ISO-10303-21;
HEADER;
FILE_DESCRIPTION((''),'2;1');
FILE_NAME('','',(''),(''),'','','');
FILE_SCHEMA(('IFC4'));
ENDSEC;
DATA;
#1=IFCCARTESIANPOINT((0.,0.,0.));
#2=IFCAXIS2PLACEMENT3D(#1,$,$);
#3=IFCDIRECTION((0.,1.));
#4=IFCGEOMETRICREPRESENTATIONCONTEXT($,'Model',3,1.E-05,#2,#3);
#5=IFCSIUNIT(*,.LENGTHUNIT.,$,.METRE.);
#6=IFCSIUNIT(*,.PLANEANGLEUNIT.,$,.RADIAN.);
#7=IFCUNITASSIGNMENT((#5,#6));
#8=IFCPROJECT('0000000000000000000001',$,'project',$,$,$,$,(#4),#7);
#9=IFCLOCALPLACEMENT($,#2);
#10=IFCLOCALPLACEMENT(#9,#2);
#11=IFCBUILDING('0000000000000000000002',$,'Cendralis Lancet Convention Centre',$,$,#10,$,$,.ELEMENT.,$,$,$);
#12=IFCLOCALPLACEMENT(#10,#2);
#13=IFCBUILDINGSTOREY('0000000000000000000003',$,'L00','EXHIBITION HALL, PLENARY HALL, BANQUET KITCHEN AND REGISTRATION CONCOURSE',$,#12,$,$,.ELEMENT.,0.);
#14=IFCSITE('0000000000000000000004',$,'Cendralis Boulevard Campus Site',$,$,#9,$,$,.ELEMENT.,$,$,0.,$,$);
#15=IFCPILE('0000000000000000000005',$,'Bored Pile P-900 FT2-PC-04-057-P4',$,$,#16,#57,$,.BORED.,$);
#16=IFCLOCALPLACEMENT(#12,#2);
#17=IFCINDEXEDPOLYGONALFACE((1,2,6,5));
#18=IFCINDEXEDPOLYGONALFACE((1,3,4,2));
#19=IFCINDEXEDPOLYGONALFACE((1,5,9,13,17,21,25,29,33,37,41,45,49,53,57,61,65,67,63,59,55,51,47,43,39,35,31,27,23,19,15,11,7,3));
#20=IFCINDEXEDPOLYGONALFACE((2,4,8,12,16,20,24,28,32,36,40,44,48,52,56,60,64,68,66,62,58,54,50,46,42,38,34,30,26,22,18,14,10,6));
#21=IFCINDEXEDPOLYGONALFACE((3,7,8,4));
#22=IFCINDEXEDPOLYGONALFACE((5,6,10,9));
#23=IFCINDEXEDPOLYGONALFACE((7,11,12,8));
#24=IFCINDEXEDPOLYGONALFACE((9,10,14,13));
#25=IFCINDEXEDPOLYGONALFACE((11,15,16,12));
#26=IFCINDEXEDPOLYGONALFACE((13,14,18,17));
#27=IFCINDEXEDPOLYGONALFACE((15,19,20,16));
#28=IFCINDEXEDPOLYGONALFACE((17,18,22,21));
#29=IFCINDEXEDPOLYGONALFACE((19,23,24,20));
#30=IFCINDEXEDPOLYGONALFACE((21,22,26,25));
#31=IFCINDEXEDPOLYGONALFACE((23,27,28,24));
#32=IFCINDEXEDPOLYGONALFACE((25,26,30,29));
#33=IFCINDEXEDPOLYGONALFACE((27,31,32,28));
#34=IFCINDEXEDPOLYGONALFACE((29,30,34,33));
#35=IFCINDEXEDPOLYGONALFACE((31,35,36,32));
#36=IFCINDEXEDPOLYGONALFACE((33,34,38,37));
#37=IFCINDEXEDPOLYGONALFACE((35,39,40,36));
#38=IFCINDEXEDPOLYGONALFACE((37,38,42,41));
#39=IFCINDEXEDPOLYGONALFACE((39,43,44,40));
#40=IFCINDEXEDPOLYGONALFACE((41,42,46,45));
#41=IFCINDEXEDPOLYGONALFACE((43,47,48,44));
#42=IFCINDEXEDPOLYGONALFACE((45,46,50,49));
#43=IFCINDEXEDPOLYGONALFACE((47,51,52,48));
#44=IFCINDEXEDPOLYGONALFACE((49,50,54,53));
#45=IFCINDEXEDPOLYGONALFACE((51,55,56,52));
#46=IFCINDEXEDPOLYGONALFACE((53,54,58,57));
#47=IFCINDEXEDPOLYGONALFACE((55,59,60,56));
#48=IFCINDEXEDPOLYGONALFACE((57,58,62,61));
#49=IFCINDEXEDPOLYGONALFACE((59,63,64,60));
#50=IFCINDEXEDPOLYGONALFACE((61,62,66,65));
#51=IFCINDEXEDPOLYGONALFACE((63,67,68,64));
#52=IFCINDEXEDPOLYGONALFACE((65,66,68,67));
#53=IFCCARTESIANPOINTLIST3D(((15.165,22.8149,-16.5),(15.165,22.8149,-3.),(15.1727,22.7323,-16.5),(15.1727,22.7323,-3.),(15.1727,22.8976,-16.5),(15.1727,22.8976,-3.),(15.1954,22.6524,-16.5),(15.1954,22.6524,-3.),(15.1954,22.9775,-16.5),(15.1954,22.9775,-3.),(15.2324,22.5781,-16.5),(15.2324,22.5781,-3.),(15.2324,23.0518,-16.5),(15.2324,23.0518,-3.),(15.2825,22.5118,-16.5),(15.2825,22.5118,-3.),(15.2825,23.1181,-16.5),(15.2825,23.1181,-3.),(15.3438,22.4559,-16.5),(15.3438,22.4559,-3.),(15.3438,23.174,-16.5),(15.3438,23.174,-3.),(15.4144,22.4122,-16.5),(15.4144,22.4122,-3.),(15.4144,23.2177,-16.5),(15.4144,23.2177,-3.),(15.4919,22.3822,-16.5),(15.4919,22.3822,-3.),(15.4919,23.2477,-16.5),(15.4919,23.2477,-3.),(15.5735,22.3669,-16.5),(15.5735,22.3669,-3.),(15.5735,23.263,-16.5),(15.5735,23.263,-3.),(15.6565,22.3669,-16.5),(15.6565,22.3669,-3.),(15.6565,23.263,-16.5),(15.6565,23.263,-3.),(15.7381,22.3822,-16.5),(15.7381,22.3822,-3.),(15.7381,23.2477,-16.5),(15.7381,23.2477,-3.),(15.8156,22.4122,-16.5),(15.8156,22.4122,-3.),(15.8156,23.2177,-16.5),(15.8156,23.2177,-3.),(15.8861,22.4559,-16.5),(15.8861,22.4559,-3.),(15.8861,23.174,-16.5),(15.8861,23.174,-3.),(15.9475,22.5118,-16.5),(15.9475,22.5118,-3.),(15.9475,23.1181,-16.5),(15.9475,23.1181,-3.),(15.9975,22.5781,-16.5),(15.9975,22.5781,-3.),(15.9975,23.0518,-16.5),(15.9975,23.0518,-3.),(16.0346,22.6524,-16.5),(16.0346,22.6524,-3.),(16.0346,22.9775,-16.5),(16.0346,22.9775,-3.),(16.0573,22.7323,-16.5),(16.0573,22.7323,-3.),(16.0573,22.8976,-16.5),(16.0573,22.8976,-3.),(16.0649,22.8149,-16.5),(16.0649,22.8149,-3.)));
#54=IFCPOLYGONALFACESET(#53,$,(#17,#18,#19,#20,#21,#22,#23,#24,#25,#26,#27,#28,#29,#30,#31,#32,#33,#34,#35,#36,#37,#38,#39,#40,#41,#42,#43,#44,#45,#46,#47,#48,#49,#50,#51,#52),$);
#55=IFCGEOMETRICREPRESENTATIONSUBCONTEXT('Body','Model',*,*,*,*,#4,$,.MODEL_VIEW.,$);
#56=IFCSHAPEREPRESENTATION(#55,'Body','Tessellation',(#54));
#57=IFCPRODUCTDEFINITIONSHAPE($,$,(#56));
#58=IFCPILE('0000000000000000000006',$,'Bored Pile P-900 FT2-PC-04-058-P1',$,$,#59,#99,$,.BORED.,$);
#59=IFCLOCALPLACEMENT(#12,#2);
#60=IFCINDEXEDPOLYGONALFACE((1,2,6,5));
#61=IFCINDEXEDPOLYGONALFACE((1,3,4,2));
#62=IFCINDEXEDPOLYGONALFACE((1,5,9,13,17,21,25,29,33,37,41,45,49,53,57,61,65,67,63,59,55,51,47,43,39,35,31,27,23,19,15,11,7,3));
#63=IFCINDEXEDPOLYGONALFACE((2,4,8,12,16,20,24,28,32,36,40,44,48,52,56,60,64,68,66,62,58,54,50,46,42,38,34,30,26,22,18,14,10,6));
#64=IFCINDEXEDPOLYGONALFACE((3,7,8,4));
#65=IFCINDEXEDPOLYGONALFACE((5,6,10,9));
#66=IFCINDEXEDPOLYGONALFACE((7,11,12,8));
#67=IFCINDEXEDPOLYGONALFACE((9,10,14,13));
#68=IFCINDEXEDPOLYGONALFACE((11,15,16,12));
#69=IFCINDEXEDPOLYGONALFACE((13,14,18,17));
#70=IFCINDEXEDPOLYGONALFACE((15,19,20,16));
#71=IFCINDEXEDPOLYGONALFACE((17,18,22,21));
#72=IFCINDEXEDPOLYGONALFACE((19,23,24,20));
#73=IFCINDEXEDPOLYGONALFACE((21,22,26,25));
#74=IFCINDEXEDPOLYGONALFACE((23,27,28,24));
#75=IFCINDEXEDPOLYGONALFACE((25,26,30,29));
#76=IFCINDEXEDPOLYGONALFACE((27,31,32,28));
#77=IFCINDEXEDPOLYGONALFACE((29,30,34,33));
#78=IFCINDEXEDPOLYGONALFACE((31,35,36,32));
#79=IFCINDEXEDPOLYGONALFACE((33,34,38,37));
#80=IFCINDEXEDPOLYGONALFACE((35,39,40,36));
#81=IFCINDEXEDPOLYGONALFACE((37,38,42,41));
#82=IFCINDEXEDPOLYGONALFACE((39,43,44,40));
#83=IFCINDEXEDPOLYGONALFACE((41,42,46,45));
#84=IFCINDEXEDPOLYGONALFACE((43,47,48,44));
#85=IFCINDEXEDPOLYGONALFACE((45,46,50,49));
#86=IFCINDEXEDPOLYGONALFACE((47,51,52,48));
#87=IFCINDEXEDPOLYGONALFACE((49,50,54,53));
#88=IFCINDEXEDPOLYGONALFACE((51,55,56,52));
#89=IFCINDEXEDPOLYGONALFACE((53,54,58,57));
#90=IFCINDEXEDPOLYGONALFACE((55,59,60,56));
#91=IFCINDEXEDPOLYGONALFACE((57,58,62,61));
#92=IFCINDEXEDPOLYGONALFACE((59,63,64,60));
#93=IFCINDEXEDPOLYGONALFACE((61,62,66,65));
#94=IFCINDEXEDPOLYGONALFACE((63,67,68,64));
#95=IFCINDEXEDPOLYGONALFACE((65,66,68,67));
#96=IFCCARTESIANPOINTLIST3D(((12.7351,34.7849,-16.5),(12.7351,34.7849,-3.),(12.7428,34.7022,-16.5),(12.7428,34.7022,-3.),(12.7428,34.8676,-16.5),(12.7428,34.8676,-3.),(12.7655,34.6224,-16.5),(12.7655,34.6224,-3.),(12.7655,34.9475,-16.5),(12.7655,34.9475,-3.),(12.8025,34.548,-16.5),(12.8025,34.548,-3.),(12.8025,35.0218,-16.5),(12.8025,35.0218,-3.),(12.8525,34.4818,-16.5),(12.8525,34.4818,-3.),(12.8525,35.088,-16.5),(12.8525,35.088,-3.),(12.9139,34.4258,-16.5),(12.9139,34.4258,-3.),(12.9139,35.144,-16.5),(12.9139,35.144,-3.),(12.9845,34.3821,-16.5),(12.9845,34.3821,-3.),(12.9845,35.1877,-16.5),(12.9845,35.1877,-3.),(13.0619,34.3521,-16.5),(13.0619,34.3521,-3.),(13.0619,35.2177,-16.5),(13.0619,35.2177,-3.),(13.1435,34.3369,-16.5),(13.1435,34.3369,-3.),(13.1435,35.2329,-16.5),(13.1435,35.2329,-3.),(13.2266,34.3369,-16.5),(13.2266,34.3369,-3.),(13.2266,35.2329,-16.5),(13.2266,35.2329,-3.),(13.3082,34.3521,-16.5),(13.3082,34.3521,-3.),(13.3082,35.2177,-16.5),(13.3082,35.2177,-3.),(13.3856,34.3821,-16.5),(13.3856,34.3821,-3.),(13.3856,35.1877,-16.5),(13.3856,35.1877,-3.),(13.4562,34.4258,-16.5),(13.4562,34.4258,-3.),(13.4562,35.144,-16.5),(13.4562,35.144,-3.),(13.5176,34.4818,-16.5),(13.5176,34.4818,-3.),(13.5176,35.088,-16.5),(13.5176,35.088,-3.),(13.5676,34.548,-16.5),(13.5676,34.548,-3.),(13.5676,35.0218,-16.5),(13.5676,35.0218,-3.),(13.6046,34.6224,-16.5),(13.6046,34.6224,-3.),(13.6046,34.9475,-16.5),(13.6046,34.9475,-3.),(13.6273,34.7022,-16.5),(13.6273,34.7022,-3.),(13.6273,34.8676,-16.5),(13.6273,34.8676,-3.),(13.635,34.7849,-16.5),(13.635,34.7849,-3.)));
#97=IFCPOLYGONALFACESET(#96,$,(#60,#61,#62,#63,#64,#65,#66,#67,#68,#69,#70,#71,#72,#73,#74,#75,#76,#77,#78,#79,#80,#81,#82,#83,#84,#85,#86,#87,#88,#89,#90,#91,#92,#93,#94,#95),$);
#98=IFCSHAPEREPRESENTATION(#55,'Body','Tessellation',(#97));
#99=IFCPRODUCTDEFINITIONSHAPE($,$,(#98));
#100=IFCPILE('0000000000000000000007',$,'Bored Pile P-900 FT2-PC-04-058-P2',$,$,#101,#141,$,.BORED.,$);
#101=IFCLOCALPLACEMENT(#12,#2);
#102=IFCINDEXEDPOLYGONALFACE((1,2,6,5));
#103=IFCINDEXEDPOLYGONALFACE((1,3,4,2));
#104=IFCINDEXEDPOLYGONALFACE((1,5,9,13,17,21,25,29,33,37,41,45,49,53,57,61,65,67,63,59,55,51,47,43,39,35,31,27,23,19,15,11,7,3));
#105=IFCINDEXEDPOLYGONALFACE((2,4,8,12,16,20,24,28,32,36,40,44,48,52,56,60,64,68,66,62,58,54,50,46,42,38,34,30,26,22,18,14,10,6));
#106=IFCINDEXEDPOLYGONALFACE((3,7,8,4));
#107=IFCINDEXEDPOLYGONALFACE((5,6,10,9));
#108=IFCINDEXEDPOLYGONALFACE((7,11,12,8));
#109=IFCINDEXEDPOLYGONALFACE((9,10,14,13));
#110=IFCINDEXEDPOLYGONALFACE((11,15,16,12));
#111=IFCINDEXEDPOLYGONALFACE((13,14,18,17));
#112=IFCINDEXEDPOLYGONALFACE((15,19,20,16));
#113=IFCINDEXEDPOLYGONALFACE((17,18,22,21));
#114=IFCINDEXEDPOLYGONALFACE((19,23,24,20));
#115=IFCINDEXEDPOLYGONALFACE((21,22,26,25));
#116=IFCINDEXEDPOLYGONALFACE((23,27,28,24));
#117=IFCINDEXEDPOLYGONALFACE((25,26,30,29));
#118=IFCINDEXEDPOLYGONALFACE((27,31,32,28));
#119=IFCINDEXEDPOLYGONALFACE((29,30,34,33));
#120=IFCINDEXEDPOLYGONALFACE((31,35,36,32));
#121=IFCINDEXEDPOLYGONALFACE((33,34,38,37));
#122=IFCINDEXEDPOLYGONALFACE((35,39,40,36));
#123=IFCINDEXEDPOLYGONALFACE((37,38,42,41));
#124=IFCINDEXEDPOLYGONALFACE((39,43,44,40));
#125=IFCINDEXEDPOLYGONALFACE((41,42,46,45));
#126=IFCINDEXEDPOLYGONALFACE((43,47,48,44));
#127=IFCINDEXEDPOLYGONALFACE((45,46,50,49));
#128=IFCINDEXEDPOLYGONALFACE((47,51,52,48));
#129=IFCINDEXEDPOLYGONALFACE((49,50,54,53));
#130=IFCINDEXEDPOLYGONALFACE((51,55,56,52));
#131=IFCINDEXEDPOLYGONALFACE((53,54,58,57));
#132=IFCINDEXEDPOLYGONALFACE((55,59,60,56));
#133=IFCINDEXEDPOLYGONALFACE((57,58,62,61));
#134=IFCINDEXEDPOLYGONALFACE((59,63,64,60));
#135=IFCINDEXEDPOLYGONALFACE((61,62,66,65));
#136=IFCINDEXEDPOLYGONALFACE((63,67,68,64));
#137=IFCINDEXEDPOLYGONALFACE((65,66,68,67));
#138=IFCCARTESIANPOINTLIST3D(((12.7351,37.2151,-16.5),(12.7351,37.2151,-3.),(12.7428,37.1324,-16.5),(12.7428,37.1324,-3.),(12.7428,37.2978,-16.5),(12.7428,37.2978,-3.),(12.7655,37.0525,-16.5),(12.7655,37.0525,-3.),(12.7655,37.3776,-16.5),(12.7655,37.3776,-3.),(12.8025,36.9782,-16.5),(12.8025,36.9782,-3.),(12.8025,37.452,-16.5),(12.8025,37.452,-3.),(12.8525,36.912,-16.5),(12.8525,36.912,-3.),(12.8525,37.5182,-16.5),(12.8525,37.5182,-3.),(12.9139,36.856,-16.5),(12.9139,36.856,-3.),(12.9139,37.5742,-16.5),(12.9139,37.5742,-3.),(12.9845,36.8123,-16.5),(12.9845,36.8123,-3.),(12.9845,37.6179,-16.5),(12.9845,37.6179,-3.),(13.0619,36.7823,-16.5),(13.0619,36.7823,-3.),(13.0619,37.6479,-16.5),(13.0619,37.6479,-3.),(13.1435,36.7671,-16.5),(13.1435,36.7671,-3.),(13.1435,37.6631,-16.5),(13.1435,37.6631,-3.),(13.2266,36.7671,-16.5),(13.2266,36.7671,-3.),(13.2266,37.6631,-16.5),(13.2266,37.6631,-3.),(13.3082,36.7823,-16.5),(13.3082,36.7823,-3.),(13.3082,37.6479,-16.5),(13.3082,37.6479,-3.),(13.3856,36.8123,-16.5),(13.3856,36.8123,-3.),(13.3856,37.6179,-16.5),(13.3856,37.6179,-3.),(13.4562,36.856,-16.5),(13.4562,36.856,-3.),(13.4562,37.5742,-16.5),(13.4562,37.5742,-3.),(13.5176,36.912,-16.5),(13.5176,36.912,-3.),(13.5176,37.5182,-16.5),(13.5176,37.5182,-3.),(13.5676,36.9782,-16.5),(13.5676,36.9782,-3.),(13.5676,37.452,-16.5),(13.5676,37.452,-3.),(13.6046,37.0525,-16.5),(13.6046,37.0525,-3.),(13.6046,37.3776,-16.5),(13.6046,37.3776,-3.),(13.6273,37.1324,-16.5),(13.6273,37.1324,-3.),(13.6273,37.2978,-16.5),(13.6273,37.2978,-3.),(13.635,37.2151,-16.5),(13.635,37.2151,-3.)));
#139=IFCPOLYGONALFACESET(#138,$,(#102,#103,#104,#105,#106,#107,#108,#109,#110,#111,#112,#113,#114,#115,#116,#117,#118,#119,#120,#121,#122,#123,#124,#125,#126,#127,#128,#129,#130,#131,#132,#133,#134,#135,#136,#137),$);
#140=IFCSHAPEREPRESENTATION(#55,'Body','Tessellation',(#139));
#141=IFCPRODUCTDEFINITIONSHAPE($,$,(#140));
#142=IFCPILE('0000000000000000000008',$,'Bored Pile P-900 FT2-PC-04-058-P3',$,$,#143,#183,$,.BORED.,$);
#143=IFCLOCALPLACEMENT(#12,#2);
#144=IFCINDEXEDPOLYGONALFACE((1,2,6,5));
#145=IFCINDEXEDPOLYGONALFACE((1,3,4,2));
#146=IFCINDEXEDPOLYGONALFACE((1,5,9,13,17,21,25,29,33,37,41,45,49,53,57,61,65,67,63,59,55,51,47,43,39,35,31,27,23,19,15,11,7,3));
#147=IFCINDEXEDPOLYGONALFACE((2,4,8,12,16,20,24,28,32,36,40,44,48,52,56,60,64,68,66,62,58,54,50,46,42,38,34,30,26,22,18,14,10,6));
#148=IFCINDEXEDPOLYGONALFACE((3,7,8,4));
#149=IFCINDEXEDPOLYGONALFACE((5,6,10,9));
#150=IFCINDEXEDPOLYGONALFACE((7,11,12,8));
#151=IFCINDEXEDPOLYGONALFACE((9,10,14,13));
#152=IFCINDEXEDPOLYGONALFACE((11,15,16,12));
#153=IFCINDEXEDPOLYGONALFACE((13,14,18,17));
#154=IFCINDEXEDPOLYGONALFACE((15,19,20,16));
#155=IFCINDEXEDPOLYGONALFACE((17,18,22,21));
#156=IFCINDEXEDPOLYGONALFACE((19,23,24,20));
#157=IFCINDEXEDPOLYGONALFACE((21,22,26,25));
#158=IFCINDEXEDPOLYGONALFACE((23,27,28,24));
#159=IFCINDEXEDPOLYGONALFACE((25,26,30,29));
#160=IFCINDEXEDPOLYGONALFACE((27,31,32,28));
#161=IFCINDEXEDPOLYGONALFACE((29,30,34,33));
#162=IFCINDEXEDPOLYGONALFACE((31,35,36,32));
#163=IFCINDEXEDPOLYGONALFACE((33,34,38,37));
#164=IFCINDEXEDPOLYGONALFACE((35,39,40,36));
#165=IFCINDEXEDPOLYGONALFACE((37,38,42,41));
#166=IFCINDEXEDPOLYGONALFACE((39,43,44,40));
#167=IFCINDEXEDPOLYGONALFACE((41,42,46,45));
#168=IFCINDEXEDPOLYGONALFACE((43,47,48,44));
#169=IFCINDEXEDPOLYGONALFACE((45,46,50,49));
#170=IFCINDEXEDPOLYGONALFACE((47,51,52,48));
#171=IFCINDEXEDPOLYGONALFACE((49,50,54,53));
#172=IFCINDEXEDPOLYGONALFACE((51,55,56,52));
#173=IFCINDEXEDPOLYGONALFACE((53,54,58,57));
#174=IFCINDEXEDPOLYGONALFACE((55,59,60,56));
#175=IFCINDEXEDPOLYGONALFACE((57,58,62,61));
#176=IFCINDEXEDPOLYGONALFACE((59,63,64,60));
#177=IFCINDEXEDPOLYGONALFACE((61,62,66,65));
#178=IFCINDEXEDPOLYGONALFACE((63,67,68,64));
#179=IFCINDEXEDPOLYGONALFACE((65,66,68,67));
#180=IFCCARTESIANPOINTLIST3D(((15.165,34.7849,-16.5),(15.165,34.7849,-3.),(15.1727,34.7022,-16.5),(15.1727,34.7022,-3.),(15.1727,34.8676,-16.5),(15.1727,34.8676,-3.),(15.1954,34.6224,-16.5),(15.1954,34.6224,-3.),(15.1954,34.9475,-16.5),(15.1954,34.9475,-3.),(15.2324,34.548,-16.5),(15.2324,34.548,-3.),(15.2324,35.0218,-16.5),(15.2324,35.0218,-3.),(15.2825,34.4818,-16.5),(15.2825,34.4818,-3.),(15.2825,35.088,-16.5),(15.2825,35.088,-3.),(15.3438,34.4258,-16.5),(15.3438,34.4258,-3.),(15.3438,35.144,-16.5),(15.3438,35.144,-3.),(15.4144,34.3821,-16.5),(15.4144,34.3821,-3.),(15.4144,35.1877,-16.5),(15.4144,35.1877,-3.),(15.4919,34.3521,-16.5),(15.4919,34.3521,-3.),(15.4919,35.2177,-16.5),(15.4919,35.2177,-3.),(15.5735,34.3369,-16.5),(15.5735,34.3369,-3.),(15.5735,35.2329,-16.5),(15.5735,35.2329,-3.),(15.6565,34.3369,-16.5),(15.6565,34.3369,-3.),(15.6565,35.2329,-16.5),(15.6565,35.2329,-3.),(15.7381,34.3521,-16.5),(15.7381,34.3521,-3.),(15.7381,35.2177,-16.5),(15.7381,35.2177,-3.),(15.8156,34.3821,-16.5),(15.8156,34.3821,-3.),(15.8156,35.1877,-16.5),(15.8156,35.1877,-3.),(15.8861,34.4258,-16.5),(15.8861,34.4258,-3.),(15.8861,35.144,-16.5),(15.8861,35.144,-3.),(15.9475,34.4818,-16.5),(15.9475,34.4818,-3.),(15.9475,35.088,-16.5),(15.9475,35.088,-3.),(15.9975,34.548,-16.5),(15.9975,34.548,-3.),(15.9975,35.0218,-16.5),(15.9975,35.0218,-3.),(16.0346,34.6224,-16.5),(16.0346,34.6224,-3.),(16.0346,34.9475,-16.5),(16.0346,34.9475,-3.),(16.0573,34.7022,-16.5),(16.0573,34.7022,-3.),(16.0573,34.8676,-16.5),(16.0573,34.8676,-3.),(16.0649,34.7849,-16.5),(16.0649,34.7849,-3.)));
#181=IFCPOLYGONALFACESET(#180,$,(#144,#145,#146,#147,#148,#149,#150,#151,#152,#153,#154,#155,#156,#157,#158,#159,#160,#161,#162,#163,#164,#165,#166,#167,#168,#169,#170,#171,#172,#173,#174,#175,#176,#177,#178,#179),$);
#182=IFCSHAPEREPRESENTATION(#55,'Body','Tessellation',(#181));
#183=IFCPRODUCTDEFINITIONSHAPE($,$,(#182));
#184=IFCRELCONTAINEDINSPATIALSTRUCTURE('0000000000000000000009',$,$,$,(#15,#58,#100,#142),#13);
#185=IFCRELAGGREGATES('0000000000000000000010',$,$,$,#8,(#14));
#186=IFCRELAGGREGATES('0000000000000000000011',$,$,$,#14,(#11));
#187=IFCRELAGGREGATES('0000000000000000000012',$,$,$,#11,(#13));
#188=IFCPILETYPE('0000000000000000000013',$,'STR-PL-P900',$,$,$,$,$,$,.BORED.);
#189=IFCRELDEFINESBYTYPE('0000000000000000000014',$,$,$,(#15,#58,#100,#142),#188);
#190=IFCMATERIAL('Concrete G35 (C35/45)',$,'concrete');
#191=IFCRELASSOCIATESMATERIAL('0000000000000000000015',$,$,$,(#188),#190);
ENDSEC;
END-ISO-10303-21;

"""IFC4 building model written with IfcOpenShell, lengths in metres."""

from ifc_helpers import new_model, si_unit, direction, frame, origin, origin_2d, place, context, subcontext, project, spatial, circle, extrude, material, material_profile, profile_set, type_object, element, save


model = new_model("IFC4")

# Units and contexts
model_context = context("Model", 3, precision=1e-05, world=origin(), true_north=direction((0.0, 1.0)))
body_context = subcontext(model_context, "Body", "Model", "MODEL_VIEW")
ifc_project = project(units=[si_unit("LENGTHUNIT", "METRE"), si_unit("PLANEANGLEUNIT", "RADIAN")], contexts=[model_context])

# Site, building, storey
site_placement = place(None, origin())
site = spatial("IfcSite", under=ifc_project, at=site_placement, Name="Cendralis Boulevard Campus Site", CompositionType="ELEMENT", RefElevation=0.0)
building_placement = place(site_placement, origin())
building = spatial("IfcBuilding", under=site, at=building_placement, Name="Cendralis Lancet Convention Centre", CompositionType="ELEMENT")
storey_placement = place(building_placement, origin())
storey = spatial("IfcBuildingStorey", under=building, at=storey_placement, Name="L00", Description="EXHIBITION HALL, PLENARY HALL, BANQUET KITCHEN AND REGISTRATION CONCOURSE", CompositionType="ELEMENT", Elevation=0.0)

# Shared definitions
ifc_material_1 = material(Name="Concrete G35 (C35/45)", Category="concrete")

# Piles
ifc_material_profile_1 = material_profile(ifc_material_1, circle(Radius=0.45, at=origin_2d()), Name="BORED PILE D900")
ifc_profile_set_1 = profile_set([ifc_material_profile_1], Name="Concrete G35 (C35/45)")
pile_type_1 = type_object("IfcPileType", Name="STR-PL-P900", PredefinedType="BORED", material=ifc_profile_set_1)
for number, where, z_axis, x_axis, name in (
    (1, (15.615, 22.8149, -3.0), (0.0, 0.0, -1.0), (1.0, 0.0, 0.0), "Bored Pile P-900 FT2-PC-04-057-P4"),
    (2, (13.1851, 34.7849, -3.0), (0.0, 0.0, -1.0), (1.0, 0.0, 0.0), "Bored Pile P-900 FT2-PC-04-058-P1"),
    (3, (13.1851, 37.2151, -3.0), (0.0, 0.0, -1.0), (1.0, 0.0, 0.0), "Bored Pile P-900 FT2-PC-04-058-P2"),
    (4, (15.615, 34.7849, -3.0), (0.0, 0.0, -1.0), (1.0, 0.0, 0.0), "Bored Pile P-900 FT2-PC-04-058-P3"),
):
    element("IfcPile", number, at=place(storey_placement, frame(where, z_axis=z_axis, x_axis=x_axis)), inside=storey, type_object=pile_type_1, Name=name, PredefinedType="BORED", context=body_context, shape_type="SweptSolid", body=[
        extrude(circle(Radius=0.45, at=origin_2d()), origin(), (0.0, 0.0, 1.0), 13.5),
    ])

save(model, "model.ifc")
